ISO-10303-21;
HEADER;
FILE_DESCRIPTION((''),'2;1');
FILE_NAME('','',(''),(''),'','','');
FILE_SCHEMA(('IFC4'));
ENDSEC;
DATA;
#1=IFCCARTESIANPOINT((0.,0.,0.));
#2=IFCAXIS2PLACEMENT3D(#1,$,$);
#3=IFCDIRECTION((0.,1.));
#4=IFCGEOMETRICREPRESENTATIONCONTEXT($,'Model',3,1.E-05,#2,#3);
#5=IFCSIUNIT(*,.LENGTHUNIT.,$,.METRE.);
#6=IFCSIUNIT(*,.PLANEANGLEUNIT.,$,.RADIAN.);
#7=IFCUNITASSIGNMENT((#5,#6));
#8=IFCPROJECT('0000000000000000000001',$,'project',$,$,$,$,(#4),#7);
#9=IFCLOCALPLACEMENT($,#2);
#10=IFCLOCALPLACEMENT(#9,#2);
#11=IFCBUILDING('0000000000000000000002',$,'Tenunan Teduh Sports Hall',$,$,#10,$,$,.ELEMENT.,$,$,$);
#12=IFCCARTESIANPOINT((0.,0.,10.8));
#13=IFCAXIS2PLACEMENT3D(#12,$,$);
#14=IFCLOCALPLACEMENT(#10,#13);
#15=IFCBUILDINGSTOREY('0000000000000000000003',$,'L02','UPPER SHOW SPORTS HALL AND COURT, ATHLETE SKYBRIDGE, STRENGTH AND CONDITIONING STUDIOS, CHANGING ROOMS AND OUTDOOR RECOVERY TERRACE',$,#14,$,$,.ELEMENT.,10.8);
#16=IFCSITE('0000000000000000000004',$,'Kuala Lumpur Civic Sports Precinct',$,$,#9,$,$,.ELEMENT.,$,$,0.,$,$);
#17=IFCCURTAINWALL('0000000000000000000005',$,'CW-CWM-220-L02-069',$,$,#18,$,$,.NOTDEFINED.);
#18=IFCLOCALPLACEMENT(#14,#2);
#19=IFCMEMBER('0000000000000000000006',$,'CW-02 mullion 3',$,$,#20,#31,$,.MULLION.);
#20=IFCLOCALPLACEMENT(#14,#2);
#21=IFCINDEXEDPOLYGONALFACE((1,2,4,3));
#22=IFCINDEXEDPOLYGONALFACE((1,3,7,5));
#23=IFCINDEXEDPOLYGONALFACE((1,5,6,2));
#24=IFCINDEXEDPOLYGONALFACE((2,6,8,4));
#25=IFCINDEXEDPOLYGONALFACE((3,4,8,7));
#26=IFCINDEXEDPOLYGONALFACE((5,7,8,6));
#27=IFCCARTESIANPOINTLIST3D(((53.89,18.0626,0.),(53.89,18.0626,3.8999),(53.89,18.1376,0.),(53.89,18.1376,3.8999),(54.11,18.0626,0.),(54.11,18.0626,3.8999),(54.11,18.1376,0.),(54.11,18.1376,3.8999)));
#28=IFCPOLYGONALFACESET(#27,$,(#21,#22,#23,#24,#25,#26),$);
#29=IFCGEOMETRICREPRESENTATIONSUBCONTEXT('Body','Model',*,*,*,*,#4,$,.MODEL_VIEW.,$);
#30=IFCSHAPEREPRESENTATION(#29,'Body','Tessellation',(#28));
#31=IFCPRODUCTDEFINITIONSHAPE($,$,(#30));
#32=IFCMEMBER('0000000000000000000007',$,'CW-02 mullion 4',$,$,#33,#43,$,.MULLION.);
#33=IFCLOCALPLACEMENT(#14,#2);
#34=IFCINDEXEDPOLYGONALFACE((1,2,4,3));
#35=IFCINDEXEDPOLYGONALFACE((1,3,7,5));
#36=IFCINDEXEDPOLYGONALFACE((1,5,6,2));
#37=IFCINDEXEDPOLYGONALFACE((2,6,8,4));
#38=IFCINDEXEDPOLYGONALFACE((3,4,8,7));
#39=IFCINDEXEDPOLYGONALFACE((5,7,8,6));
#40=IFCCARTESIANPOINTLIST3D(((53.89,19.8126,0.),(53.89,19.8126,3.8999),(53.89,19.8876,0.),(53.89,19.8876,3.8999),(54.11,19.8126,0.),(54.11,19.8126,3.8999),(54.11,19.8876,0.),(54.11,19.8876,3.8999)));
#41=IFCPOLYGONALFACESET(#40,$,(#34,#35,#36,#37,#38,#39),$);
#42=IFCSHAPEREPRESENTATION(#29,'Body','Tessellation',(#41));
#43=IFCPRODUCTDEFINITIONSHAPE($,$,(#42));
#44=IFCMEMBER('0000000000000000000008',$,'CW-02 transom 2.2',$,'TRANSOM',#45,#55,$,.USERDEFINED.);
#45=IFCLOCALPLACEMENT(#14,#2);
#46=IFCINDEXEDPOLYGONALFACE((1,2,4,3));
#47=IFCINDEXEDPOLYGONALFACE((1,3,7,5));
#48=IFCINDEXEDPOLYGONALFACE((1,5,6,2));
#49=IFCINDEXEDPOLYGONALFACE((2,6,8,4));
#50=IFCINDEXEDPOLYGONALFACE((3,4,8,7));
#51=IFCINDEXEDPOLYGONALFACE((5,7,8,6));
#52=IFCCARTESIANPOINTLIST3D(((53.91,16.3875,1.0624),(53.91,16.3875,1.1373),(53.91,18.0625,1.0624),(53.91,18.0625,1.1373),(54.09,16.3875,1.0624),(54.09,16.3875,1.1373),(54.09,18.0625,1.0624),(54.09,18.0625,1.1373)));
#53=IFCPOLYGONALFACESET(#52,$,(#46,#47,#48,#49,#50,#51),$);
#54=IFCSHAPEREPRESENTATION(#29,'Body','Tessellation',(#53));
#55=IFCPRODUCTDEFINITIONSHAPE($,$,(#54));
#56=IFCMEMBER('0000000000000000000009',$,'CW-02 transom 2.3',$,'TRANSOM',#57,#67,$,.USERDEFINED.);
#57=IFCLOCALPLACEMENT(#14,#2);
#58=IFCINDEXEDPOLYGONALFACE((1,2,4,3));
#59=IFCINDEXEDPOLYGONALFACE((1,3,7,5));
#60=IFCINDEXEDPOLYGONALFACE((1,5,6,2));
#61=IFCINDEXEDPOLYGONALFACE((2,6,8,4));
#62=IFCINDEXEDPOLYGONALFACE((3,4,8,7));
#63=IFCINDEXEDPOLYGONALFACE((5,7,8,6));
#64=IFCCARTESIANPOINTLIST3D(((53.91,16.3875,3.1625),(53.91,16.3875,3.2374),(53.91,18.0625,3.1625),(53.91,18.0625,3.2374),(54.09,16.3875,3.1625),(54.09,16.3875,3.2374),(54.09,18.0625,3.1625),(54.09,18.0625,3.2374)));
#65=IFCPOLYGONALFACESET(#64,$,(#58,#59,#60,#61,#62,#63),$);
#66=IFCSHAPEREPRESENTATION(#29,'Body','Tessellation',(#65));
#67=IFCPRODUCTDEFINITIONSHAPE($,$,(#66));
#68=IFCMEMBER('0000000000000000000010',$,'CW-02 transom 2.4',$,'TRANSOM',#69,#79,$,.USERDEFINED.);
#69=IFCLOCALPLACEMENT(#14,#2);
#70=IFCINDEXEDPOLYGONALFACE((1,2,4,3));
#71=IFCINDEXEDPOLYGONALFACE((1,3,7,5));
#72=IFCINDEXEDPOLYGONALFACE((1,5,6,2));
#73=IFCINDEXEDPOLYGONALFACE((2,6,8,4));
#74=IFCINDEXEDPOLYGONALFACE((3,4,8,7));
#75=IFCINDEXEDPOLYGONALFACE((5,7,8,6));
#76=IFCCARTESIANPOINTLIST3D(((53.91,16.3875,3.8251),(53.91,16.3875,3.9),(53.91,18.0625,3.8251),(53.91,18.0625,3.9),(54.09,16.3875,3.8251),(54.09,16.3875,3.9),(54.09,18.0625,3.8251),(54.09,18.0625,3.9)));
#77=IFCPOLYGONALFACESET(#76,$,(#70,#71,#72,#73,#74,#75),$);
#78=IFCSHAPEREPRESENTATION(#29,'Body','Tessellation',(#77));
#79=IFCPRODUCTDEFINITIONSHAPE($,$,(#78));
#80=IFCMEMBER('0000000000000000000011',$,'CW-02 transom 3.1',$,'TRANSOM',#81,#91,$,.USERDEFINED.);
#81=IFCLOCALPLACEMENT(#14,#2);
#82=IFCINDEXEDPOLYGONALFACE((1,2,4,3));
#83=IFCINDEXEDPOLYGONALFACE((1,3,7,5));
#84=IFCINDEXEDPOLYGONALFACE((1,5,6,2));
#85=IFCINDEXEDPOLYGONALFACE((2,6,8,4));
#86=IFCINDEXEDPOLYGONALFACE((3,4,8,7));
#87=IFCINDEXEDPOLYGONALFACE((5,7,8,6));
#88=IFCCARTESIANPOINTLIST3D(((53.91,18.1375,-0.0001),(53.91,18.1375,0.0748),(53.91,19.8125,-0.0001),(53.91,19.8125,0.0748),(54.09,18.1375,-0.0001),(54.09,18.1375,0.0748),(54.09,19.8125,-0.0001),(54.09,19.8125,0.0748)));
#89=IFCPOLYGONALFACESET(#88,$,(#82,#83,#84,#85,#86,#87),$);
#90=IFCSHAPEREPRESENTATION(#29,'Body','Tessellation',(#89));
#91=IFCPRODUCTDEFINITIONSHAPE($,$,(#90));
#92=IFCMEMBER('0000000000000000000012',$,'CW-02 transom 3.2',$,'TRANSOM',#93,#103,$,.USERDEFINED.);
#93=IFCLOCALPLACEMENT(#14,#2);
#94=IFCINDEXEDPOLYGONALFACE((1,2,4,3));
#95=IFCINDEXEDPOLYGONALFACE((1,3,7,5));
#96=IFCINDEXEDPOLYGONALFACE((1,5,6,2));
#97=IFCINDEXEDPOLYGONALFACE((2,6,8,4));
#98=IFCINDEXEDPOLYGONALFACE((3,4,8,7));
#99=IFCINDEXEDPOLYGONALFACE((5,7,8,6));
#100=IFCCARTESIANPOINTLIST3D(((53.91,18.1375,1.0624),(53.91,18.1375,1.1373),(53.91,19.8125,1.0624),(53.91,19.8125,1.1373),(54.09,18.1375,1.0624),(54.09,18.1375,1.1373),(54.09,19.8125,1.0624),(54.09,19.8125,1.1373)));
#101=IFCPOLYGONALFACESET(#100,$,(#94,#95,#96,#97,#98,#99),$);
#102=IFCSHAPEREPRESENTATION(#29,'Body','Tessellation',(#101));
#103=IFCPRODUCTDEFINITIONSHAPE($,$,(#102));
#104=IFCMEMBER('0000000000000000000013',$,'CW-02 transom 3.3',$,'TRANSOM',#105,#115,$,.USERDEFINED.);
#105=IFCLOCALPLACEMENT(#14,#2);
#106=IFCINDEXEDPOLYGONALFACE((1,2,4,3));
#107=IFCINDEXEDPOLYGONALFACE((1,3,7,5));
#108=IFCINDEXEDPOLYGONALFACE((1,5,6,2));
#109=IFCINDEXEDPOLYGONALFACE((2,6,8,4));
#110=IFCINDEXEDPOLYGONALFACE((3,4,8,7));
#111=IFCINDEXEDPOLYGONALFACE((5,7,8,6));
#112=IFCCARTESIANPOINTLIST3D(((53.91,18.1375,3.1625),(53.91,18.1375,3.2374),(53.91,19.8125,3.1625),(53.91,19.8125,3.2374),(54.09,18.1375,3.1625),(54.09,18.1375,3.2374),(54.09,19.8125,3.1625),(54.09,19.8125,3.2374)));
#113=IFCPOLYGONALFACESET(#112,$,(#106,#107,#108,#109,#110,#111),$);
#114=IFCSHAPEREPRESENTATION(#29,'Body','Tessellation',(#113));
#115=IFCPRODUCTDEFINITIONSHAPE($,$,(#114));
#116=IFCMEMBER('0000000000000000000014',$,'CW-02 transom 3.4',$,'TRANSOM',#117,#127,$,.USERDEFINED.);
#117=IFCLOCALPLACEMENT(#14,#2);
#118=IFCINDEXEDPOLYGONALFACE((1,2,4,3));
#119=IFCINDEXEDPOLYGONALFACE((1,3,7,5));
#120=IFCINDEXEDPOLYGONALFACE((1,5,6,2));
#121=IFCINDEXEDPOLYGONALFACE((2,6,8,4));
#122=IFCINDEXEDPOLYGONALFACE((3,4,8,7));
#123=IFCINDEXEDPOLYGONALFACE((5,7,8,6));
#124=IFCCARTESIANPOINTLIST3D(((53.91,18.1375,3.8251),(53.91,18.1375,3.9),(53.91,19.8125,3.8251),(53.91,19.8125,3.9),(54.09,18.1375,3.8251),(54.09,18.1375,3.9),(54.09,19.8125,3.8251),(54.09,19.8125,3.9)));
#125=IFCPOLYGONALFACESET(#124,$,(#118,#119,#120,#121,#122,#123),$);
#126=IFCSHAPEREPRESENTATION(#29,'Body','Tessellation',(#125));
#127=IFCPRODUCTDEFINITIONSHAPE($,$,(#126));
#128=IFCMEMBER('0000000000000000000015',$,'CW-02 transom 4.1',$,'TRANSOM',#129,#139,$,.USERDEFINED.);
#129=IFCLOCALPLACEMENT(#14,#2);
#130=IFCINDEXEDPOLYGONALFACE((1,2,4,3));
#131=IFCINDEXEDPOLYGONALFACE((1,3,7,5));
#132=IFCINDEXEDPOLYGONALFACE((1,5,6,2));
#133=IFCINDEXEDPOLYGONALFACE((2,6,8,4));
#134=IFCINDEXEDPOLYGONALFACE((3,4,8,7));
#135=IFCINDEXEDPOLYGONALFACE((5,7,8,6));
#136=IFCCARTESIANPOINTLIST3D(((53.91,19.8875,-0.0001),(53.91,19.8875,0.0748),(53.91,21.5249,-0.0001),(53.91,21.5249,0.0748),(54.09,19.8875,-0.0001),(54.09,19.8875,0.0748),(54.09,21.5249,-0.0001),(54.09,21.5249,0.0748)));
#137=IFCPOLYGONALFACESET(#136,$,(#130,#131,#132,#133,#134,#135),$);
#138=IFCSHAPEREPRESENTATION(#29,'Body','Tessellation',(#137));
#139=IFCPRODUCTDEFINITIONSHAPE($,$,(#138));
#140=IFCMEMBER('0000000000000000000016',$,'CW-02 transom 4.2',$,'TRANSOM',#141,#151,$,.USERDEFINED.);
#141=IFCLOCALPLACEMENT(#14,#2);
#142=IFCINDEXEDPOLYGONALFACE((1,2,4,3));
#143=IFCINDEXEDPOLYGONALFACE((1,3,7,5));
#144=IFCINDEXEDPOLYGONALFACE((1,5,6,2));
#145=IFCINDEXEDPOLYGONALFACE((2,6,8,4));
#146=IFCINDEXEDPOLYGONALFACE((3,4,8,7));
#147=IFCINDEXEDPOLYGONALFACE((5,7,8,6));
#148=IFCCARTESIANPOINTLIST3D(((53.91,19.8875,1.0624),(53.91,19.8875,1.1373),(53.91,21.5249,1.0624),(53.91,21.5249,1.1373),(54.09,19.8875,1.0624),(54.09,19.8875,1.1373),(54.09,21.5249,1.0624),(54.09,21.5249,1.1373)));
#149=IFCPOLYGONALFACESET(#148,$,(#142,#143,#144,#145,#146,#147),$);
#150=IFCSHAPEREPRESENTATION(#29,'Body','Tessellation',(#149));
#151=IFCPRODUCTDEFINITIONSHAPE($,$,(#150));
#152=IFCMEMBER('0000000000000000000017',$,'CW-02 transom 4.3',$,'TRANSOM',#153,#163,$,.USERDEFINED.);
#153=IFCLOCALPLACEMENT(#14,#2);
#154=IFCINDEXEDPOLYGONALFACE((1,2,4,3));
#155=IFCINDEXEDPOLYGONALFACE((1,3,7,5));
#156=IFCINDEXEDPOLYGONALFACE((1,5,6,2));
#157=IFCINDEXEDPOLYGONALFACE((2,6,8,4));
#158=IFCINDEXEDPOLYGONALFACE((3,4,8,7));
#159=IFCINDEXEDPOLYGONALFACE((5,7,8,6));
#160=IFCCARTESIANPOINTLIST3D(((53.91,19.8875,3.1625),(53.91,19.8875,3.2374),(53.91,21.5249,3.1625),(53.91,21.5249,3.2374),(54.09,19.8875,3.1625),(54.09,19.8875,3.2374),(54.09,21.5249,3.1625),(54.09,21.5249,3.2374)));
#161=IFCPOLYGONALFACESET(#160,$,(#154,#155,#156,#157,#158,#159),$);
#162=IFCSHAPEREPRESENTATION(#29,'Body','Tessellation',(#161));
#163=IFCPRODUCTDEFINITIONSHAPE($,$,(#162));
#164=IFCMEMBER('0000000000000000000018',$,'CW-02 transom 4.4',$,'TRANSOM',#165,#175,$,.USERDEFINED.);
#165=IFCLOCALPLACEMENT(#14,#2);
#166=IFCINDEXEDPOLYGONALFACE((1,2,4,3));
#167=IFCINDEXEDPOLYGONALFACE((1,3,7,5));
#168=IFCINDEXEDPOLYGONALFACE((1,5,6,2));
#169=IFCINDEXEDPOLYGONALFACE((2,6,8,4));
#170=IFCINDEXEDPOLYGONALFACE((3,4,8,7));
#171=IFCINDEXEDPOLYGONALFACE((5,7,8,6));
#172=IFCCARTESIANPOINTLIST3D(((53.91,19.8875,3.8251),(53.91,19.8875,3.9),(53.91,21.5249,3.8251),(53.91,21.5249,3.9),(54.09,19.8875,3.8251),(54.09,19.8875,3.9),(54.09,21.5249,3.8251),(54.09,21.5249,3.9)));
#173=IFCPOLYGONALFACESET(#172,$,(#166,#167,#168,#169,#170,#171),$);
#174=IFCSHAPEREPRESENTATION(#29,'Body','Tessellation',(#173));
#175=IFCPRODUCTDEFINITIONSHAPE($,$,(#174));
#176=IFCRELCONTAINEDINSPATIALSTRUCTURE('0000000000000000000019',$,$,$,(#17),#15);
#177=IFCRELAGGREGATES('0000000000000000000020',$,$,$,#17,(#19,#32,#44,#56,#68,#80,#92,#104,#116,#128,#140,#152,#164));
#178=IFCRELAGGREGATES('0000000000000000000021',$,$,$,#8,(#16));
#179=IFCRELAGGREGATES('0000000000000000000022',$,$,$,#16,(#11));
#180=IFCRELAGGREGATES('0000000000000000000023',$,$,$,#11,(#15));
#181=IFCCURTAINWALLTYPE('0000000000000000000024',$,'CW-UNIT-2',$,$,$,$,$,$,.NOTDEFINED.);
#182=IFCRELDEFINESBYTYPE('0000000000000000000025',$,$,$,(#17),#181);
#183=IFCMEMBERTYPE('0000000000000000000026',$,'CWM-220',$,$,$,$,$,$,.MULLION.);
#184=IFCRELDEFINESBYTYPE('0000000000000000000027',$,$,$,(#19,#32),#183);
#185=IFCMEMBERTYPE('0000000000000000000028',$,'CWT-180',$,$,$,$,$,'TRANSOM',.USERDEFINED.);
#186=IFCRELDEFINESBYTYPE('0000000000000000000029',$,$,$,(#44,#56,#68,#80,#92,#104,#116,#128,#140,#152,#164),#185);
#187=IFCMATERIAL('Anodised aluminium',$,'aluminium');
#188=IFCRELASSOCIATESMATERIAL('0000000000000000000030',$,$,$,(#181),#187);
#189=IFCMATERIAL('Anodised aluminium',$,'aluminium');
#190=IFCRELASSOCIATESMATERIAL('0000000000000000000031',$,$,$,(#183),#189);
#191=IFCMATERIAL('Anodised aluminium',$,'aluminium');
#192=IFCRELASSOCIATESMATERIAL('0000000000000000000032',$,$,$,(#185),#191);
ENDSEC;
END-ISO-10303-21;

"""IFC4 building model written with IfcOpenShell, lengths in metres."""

from ifc_helpers import new_model, si_unit, direction, frame, origin, origin_2d, place, context, subcontext, project, spatial, rectangle, extrude, material, material_profile, profile_set, type_object, element, aggregate, save


model = new_model("IFC4")

# Units and contexts
model_context = context("Model", 3, precision=1e-05, world=origin(), true_north=direction((0.0, 1.0)))
body_context = subcontext(model_context, "Body", "Model", "MODEL_VIEW")
ifc_project = project(units=[si_unit("LENGTHUNIT", "METRE"), si_unit("PLANEANGLEUNIT", "RADIAN")], contexts=[model_context])

# Site, building, storey
site_placement = place(None, origin())
site = spatial("IfcSite", under=ifc_project, at=site_placement, Name="Kuala Lumpur Civic Sports Precinct", CompositionType="ELEMENT", RefElevation=0.0)
building_placement = place(site_placement, origin())
building = spatial("IfcBuilding", under=site, at=building_placement, Name="Tenunan Teduh Sports Hall", CompositionType="ELEMENT")
storey_placement = place(building_placement, frame((0.0, 0.0, 10.8)))
storey = spatial("IfcBuildingStorey", under=building, at=storey_placement, Name="L02", Description="UPPER SHOW SPORTS HALL AND COURT, ATHLETE SKYBRIDGE, STRENGTH AND CONDITIONING STUDIOS, CHANGING ROOMS AND OUTDOOR RECOVERY TERRACE", CompositionType="ELEMENT", Elevation=10.8)

# Curtain wall, members
ifc_material_1 = material(Name="Anodised aluminium", Category="aluminium")
curtain_wall_type = type_object("IfcCurtainWallType", Name="CW-UNIT-2", PredefinedType="NOTDEFINED", material=ifc_material_1)
curtain_wall_placement = place(storey_placement, origin())
curtain_wall = element("IfcCurtainWall", 1, at=curtain_wall_placement, inside=storey, type_object=curtain_wall_type, Name="CW-CWM-220-L02-069", PredefinedType="NOTDEFINED")
ifc_material_2 = material(Name="Anodised aluminium", Category="aluminium")
ifc_material_profile_1 = material_profile(ifc_material_2, rectangle(XDim=0.075, YDim=0.22, at=origin_2d()), Name="CWM 75x220")
ifc_profile_set_1 = profile_set([ifc_material_profile_1], Name="Anodised aluminium")
member_type_1 = type_object("IfcMemberType", Name="CWM-220", PredefinedType="MULLION", material=ifc_profile_set_1)
member_1_placement = place(storey_placement, frame((54.0, 18.1001, 0.0), z_axis=(0.0, 0.0, 1.0), x_axis=(0.0, 1.0, 0.0)))
member_1 = element("IfcMember", 2, at=member_1_placement, type_object=member_type_1, Name="CW-02 mullion 3", PredefinedType="MULLION", context=body_context, shape_type="SweptSolid", body=[
    extrude(rectangle(XDim=0.075, YDim=0.22, at=origin_2d()), origin(), (0.0, 0.0, 1.0), 3.8999),
])
member_2_placement = place(storey_placement, frame((54.0, 19.8501, 0.0), z_axis=(0.0, 0.0, 1.0), x_axis=(0.0, 1.0, 0.0)))
member_2 = element("IfcMember", 3, at=member_2_placement, type_object=member_type_1, Name="CW-02 mullion 4", PredefinedType="MULLION", context=body_context, shape_type="SweptSolid", body=[
    extrude(rectangle(XDim=0.075, YDim=0.22, at=origin_2d()), origin(), (0.0, 0.0, 1.0), 3.8999),
])
ifc_material_3 = material(Name="Anodised aluminium", Category="aluminium")
ifc_material_profile_2 = material_profile(ifc_material_3, rectangle(XDim=0.075, YDim=0.1799, at=origin_2d()), Name="CWT 75x180")
ifc_profile_set_2 = profile_set([ifc_material_profile_2], Name="Anodised aluminium")
member_type_2 = type_object("IfcMemberType", Name="CWT-180", ElementType="TRANSOM", PredefinedType="USERDEFINED", material=ifc_profile_set_2)
member_3_placement = place(storey_placement, frame((54.0, 16.3875, 1.0999), z_axis=(0.0, 1.0, 0.0), x_axis=(0.0, 0.0, 1.0)))
member_3 = element("IfcMember", 4, at=member_3_placement, type_object=member_type_2, Name="CW-02 transom 2.2", ObjectType="TRANSOM", PredefinedType="USERDEFINED", context=body_context, shape_type="SweptSolid", body=[
    extrude(rectangle(XDim=0.075, YDim=0.1799, at=origin_2d()), origin(), (0.0, 0.0, 1.0), 1.675),
])
member_4_placement = place(storey_placement, frame((54.0, 16.3875, 3.2), z_axis=(0.0, 1.0, 0.0), x_axis=(0.0, 0.0, 1.0)))
member_4 = element("IfcMember", 5, at=member_4_placement, type_object=member_type_2, Name="CW-02 transom 2.3", ObjectType="TRANSOM", PredefinedType="USERDEFINED", context=body_context, shape_type="SweptSolid", body=[
    extrude(rectangle(XDim=0.075, YDim=0.1799, at=origin_2d()), origin(), (0.0, 0.0, 1.0), 1.675),
])
member_5_placement = place(storey_placement, frame((54.0, 16.3875, 3.8625), z_axis=(0.0, 1.0, 0.0), x_axis=(0.0, 0.0, 1.0)))
member_5 = element("IfcMember", 6, at=member_5_placement, type_object=member_type_2, Name="CW-02 transom 2.4", ObjectType="TRANSOM", PredefinedType="USERDEFINED", context=body_context, shape_type="SweptSolid", body=[
    extrude(rectangle(XDim=0.075, YDim=0.1799, at=origin_2d()), origin(), (0.0, 0.0, 1.0), 1.675),
])
member_6_placement = place(storey_placement, frame((54.0, 18.1375, 0.0374), z_axis=(0.0, 1.0, 0.0), x_axis=(0.0, 0.0, 1.0)))
member_6 = element("IfcMember", 7, at=member_6_placement, type_object=member_type_2, Name="CW-02 transom 3.1", ObjectType="TRANSOM", PredefinedType="USERDEFINED", context=body_context, shape_type="SweptSolid", body=[
    extrude(rectangle(XDim=0.075, YDim=0.1799, at=origin_2d()), origin(), (0.0, 0.0, 1.0), 1.675),
])
member_7_placement = place(storey_placement, frame((54.0, 18.1375, 1.0999), z_axis=(0.0, 1.0, 0.0), x_axis=(0.0, 0.0, 1.0)))
member_7 = element("IfcMember", 8, at=member_7_placement, type_object=member_type_2, Name="CW-02 transom 3.2", ObjectType="TRANSOM", PredefinedType="USERDEFINED", context=body_context, shape_type="SweptSolid", body=[
    extrude(rectangle(XDim=0.075, YDim=0.1799, at=origin_2d()), origin(), (0.0, 0.0, 1.0), 1.675),
])
member_8_placement = place(storey_placement, frame((54.0, 18.1375, 3.2), z_axis=(0.0, 1.0, 0.0), x_axis=(0.0, 0.0, 1.0)))
member_8 = element("IfcMember", 9, at=member_8_placement, type_object=member_type_2, Name="CW-02 transom 3.3", ObjectType="TRANSOM", PredefinedType="USERDEFINED", context=body_context, shape_type="SweptSolid", body=[
    extrude(rectangle(XDim=0.075, YDim=0.1799, at=origin_2d()), origin(), (0.0, 0.0, 1.0), 1.675),
])
member_9_placement = place(storey_placement, frame((54.0, 18.1375, 3.8625), z_axis=(0.0, 1.0, 0.0), x_axis=(0.0, 0.0, 1.0)))
member_9 = element("IfcMember", 10, at=member_9_placement, type_object=member_type_2, Name="CW-02 transom 3.4", ObjectType="TRANSOM", PredefinedType="USERDEFINED", context=body_context, shape_type="SweptSolid", body=[
    extrude(rectangle(XDim=0.075, YDim=0.1799, at=origin_2d()), origin(), (0.0, 0.0, 1.0), 1.675),
])
member_10_placement = place(storey_placement, frame((54.0, 19.8875, 0.0374), z_axis=(0.0, 1.0, 0.0), x_axis=(0.0, 0.0, 1.0)))
member_10 = element("IfcMember", 11, at=member_10_placement, type_object=member_type_2, Name="CW-02 transom 4.1", ObjectType="TRANSOM", PredefinedType="USERDEFINED", context=body_context, shape_type="SweptSolid", body=[
    extrude(rectangle(XDim=0.075, YDim=0.1799, at=origin_2d()), origin(), (0.0, 0.0, 1.0), 1.6375),
])
member_11_placement = place(storey_placement, frame((54.0, 19.8875, 1.0999), z_axis=(0.0, 1.0, 0.0), x_axis=(0.0, 0.0, 1.0)))
member_11 = element("IfcMember", 12, at=member_11_placement, type_object=member_type_2, Name="CW-02 transom 4.2", ObjectType="TRANSOM", PredefinedType="USERDEFINED", context=body_context, shape_type="SweptSolid", body=[
    extrude(rectangle(XDim=0.075, YDim=0.1799, at=origin_2d()), origin(), (0.0, 0.0, 1.0), 1.6375),
])
member_12_placement = place(storey_placement, frame((54.0, 19.8875, 3.2), z_axis=(0.0, 1.0, 0.0), x_axis=(0.0, 0.0, 1.0)))
member_12 = element("IfcMember", 13, at=member_12_placement, type_object=member_type_2, Name="CW-02 transom 4.3", ObjectType="TRANSOM", PredefinedType="USERDEFINED", context=body_context, shape_type="SweptSolid", body=[
    extrude(rectangle(XDim=0.075, YDim=0.1799, at=origin_2d()), origin(), (0.0, 0.0, 1.0), 1.6375),
])
member_13_placement = place(storey_placement, frame((54.0, 19.8875, 3.8625), z_axis=(0.0, 1.0, 0.0), x_axis=(0.0, 0.0, 1.0)))
member_13 = element("IfcMember", 14, at=member_13_placement, type_object=member_type_2, Name="CW-02 transom 4.4", ObjectType="TRANSOM", PredefinedType="USERDEFINED", context=body_context, shape_type="SweptSolid", body=[
    extrude(rectangle(XDim=0.075, YDim=0.1799, at=origin_2d()), origin(), (0.0, 0.0, 1.0), 1.6375),
])

aggregate(curtain_wall, [member_1, member_2, member_3, member_4, member_5, member_6, member_7, member_8, member_9, member_10, member_11, member_12, member_13])

save(model, "model.ifc")
